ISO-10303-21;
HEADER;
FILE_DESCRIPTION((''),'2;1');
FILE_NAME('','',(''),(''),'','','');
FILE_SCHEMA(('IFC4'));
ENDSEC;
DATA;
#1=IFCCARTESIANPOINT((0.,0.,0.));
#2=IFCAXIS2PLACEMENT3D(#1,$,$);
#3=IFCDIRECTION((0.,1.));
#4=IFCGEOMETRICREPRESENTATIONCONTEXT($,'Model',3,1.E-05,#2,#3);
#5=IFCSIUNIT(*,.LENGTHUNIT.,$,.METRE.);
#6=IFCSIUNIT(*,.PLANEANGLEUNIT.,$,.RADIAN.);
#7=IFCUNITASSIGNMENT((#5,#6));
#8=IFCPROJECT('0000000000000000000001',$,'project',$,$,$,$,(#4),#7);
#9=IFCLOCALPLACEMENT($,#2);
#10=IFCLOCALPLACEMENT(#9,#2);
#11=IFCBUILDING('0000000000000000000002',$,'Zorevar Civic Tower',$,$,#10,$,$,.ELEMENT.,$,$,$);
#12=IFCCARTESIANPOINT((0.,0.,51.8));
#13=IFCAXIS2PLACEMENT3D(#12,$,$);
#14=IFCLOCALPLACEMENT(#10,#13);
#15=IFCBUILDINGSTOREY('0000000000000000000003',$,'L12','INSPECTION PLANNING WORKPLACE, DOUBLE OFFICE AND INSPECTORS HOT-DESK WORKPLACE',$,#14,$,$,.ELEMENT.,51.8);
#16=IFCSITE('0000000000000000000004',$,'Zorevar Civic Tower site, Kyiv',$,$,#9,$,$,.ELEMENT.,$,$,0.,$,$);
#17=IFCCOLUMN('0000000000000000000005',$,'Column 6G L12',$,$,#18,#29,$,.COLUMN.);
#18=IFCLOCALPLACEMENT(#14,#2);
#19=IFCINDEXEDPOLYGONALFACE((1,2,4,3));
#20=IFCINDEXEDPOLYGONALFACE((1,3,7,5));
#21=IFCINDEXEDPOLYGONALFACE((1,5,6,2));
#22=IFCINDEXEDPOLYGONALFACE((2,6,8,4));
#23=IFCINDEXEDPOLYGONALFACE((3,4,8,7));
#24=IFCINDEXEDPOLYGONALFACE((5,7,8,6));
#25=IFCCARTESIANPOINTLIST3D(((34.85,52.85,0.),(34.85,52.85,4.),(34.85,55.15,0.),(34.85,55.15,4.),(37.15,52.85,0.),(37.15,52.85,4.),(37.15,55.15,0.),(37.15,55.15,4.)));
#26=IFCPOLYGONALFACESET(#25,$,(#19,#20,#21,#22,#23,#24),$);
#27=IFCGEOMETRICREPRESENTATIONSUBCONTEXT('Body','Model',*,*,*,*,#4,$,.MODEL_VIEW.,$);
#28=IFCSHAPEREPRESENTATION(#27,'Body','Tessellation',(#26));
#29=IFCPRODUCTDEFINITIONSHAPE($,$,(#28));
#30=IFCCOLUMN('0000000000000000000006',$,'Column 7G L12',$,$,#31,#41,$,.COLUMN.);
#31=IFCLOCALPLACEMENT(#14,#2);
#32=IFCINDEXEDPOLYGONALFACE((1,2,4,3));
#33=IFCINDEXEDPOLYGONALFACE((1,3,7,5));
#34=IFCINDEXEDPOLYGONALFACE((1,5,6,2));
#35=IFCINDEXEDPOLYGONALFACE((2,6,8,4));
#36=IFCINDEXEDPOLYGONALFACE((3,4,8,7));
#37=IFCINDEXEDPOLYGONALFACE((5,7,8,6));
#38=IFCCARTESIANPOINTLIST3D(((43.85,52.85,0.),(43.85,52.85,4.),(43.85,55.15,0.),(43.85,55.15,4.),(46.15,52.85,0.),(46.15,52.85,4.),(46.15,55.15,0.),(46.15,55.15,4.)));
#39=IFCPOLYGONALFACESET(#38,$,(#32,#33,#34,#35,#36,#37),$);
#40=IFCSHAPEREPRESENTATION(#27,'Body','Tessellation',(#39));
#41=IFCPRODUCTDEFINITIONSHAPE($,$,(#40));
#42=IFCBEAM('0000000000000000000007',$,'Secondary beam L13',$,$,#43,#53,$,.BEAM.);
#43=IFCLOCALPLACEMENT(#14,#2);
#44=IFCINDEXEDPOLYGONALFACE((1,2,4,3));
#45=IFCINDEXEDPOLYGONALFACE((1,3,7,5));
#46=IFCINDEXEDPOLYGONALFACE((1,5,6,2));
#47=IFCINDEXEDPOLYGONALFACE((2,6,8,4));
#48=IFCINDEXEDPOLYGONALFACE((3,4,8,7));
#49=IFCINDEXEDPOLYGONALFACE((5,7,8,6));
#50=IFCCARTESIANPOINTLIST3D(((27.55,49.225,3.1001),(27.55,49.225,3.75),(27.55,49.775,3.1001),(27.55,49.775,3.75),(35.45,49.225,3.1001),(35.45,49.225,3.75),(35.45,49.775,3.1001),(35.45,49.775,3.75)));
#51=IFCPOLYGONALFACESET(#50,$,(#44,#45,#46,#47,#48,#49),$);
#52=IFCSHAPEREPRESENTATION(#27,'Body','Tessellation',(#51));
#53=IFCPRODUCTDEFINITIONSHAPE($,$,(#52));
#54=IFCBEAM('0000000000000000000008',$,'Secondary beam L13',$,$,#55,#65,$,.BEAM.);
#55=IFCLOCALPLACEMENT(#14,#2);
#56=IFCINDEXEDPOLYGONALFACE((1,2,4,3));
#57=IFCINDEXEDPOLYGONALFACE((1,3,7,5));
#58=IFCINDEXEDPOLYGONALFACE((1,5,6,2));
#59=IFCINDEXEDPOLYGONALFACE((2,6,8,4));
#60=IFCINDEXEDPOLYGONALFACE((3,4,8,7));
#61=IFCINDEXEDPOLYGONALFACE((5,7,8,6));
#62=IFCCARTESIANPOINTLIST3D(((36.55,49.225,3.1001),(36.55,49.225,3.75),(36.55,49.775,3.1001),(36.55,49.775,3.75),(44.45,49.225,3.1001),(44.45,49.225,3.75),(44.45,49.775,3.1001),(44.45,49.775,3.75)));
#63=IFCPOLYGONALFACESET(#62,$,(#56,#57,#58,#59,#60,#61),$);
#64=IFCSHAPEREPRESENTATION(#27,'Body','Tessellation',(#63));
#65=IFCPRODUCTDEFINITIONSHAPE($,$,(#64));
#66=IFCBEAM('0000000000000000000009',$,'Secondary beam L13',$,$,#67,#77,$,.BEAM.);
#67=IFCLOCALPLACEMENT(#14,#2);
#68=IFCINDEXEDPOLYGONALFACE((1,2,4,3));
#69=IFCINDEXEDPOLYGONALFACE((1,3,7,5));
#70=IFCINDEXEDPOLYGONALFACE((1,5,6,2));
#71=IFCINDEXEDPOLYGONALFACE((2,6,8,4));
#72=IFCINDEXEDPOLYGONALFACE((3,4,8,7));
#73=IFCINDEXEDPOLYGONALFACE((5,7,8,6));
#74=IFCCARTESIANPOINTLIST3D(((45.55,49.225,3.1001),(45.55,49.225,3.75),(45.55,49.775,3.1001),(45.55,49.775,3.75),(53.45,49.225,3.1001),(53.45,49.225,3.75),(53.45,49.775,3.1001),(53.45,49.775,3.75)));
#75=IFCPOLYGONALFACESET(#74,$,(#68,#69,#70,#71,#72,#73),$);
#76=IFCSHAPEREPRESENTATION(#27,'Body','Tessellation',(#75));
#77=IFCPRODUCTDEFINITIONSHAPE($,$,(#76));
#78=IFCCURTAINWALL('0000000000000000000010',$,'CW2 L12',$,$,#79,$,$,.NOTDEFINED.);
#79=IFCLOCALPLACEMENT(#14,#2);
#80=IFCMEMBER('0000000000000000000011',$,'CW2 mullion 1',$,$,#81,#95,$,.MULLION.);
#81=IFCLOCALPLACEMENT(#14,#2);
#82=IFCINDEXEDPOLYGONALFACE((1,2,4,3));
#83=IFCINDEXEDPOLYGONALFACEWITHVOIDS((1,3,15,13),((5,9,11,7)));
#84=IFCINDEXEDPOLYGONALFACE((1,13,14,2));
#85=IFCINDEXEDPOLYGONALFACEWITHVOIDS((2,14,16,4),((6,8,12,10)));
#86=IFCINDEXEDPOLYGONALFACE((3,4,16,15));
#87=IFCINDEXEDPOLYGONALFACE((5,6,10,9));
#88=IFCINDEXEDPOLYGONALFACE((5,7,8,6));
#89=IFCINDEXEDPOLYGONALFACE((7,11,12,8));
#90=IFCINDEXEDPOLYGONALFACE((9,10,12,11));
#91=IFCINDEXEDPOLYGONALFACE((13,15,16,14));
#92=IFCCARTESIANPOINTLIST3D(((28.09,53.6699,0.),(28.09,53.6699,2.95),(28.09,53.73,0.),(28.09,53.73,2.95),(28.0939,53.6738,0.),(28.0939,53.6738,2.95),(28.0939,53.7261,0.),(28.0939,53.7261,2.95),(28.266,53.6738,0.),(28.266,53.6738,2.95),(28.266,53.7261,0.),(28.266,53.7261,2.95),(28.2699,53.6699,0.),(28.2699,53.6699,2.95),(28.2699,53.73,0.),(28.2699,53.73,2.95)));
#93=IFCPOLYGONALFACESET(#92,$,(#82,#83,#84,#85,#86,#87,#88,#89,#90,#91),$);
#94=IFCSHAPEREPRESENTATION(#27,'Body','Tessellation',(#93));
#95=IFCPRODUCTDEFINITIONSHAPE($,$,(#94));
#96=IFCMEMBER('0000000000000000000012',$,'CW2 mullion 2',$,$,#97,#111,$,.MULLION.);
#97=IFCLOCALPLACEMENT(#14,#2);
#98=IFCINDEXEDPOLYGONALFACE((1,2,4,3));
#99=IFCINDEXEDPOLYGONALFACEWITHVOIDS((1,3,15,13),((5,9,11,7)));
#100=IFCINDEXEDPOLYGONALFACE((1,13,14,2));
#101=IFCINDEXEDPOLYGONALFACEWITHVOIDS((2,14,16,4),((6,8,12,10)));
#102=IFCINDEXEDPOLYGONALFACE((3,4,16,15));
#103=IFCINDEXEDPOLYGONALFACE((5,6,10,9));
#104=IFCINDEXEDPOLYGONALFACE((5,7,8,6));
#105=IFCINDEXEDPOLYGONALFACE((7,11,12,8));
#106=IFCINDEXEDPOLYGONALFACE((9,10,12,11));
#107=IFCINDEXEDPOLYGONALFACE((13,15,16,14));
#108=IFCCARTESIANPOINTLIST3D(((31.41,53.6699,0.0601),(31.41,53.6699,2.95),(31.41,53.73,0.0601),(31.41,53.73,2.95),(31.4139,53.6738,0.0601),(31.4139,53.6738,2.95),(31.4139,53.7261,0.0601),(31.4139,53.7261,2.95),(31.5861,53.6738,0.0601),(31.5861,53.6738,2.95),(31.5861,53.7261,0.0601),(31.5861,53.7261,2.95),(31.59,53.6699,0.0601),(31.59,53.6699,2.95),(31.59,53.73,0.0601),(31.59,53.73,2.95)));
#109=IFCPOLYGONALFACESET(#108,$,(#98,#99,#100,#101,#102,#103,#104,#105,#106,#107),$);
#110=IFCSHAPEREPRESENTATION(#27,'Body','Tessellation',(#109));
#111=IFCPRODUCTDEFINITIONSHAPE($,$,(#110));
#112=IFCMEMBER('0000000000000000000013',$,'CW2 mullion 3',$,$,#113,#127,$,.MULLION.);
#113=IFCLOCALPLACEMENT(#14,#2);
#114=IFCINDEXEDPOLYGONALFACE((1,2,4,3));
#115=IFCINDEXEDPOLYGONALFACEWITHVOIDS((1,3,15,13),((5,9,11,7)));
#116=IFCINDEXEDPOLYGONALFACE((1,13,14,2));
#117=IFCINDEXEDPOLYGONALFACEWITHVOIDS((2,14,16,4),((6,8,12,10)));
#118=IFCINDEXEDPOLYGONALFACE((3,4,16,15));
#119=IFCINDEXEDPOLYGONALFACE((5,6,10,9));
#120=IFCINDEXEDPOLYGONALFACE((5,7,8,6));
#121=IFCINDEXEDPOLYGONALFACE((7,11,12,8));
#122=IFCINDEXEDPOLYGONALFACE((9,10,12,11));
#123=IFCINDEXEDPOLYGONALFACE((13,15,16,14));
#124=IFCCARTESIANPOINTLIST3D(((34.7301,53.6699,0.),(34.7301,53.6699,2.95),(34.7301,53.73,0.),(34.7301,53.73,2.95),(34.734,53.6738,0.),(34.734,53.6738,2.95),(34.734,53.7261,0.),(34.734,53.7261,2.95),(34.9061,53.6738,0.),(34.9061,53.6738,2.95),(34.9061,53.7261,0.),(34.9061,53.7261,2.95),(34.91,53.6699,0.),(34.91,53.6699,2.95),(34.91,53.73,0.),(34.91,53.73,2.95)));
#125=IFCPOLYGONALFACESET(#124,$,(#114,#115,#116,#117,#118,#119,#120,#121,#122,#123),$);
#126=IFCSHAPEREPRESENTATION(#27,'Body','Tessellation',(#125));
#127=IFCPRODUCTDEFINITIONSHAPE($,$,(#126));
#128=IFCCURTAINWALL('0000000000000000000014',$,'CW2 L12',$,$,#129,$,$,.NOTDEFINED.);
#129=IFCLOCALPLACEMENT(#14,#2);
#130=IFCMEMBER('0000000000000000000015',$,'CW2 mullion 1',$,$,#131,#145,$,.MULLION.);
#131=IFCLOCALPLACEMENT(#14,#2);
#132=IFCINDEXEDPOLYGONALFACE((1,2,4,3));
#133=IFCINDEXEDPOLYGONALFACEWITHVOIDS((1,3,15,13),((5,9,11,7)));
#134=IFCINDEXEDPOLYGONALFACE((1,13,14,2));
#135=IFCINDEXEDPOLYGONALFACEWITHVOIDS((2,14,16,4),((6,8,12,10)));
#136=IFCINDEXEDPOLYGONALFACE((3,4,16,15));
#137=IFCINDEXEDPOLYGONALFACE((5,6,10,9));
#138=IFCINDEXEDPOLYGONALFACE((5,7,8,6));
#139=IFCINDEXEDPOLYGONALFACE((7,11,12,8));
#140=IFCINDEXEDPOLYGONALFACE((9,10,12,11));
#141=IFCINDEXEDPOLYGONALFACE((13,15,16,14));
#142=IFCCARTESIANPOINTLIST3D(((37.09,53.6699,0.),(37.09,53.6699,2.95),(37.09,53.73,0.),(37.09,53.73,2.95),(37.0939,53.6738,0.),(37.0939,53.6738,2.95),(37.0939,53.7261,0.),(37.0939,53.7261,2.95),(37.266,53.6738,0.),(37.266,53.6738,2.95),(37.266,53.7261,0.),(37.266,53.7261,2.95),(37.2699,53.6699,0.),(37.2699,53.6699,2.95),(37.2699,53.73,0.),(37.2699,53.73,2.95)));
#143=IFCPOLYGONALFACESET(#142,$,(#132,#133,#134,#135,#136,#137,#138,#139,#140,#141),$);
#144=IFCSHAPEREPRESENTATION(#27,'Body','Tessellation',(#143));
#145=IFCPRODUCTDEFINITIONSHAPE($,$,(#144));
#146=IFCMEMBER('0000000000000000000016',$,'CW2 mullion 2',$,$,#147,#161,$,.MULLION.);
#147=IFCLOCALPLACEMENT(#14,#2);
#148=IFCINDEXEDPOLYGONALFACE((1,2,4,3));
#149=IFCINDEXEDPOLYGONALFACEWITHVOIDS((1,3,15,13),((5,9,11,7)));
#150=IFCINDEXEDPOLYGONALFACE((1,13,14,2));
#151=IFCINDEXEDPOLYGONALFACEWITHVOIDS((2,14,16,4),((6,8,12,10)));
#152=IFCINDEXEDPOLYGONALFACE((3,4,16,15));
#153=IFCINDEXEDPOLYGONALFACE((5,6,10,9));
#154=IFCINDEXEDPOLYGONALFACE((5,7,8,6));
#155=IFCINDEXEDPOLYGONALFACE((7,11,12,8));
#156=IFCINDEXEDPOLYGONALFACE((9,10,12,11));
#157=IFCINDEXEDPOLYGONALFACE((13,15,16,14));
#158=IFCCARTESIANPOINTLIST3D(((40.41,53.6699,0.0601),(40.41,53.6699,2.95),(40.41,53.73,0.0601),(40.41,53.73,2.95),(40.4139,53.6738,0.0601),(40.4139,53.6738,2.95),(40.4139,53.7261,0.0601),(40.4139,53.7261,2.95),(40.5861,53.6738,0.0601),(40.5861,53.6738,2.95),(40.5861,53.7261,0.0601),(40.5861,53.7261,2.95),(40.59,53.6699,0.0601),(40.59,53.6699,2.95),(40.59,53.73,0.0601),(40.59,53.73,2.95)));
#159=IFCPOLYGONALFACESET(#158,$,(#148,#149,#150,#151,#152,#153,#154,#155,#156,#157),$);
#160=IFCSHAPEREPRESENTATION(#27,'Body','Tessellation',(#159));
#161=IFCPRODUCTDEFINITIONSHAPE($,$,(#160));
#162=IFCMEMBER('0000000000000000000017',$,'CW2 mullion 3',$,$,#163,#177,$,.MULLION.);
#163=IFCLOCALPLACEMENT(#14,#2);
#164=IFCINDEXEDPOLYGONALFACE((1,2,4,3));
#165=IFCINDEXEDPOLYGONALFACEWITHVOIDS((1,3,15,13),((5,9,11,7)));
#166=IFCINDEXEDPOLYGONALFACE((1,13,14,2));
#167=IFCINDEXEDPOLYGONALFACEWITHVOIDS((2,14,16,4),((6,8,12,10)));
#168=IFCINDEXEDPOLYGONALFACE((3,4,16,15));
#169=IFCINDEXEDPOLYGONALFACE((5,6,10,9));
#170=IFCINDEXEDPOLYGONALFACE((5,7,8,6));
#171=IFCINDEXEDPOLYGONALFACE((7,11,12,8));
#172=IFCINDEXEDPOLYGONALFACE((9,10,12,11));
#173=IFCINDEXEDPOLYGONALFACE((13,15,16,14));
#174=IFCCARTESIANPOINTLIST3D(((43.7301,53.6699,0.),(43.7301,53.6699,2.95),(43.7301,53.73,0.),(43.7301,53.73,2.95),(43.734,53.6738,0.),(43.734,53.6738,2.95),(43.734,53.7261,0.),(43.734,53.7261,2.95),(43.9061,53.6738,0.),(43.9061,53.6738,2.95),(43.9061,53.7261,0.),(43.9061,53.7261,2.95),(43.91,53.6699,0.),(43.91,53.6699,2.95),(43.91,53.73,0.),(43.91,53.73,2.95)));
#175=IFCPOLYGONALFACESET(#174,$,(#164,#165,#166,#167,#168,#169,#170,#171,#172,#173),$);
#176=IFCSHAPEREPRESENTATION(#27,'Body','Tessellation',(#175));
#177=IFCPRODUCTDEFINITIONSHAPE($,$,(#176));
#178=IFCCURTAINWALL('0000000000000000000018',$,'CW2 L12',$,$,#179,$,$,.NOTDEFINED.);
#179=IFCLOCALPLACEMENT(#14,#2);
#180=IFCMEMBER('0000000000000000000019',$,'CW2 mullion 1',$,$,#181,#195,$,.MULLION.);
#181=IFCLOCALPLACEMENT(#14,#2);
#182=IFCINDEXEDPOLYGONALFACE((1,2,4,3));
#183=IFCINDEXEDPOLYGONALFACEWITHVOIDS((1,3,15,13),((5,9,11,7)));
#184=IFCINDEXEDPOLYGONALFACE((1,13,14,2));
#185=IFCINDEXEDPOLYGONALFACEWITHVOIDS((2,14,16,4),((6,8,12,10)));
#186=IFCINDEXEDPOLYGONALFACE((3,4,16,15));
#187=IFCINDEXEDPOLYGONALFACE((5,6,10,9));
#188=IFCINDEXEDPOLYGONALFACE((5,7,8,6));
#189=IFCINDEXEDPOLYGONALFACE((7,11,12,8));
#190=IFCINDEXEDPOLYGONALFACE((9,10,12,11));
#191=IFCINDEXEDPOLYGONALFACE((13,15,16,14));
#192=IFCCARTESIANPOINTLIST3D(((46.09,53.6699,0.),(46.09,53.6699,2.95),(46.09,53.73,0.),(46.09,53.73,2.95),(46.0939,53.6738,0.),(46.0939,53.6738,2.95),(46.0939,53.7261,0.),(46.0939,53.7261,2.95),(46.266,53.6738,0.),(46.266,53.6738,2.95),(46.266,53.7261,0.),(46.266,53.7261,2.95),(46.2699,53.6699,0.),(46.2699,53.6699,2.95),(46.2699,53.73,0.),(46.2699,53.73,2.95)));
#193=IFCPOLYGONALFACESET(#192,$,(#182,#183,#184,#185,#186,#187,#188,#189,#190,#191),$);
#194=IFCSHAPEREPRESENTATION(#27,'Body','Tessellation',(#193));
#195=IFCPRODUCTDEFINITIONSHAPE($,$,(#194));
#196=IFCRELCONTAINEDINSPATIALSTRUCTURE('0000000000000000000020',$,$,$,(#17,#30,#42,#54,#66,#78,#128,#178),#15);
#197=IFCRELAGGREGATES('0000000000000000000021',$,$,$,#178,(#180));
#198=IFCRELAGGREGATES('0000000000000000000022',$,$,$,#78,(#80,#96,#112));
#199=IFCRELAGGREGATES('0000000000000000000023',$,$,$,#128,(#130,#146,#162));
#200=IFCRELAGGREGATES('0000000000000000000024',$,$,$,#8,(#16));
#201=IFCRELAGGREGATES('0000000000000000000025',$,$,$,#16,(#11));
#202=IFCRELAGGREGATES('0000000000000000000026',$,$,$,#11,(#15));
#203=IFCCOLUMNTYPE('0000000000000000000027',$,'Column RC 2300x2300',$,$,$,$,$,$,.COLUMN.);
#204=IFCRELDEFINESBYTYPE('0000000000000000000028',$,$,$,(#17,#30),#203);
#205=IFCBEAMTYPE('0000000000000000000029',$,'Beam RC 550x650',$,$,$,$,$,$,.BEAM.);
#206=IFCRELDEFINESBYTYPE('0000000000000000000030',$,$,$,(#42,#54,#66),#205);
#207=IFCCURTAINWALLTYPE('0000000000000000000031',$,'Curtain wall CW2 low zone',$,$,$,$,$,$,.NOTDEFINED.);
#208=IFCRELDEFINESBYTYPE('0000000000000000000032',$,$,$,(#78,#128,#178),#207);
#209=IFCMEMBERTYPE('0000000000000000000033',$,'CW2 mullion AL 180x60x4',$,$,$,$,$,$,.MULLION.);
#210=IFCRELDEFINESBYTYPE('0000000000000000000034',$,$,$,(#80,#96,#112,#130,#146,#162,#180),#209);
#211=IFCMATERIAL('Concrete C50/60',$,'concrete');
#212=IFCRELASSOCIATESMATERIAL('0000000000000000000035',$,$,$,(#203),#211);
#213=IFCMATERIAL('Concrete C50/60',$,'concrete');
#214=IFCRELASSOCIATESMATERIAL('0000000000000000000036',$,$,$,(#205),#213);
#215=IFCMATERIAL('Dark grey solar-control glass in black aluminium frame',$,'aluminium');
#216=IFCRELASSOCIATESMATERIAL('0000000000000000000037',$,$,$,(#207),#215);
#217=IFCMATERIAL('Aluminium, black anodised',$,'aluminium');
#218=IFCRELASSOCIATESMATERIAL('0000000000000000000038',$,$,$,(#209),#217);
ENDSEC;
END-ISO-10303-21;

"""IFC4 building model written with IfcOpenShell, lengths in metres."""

from ifc_helpers import new_model, si_unit, direction, frame, origin, origin_2d, place, context, subcontext, project, spatial, rectangle, hollow_rectangle, extrude, material, material_profile, profile_set, type_object, element, aggregate, save


model = new_model("IFC4")

# Units and contexts
model_context = context("Model", 3, precision=1e-05, world=origin(), true_north=direction((0.0, 1.0)))
body_context = subcontext(model_context, "Body", "Model", "MODEL_VIEW")
ifc_project = project(units=[si_unit("LENGTHUNIT", "METRE"), si_unit("PLANEANGLEUNIT", "RADIAN")], contexts=[model_context])

# Site, building, storey
site_placement = place(None, origin())
site = spatial("IfcSite", under=ifc_project, at=site_placement, Name="Zorevar Civic Tower site, Kyiv", CompositionType="ELEMENT", RefElevation=0.0)
building_placement = place(site_placement, origin())
building = spatial("IfcBuilding", under=site, at=building_placement, Name="Zorevar Civic Tower", CompositionType="ELEMENT")
storey_placement = place(building_placement, frame((0.0, 0.0, 51.8)))
storey = spatial("IfcBuildingStorey", under=building, at=storey_placement, Name="L12", Description="INSPECTION PLANNING WORKPLACE, DOUBLE OFFICE AND INSPECTORS HOT-DESK WORKPLACE", CompositionType="ELEMENT", Elevation=51.8)

# Columns
ifc_material_1 = material(Name="Concrete C50/60", Category="concrete")
ifc_material_profile_1 = material_profile(ifc_material_1, rectangle(XDim=2.3, YDim=2.3, at=origin_2d()), Name="RC 2300x2300")
ifc_profile_set_1 = profile_set([ifc_material_profile_1], Name="Concrete C50/60")
column_type = type_object("IfcColumnType", Name="Column RC 2300x2300", PredefinedType="COLUMN", material=ifc_profile_set_1)
for number, where, z_axis, x_axis, name in (
    (1, (36.0, 54.0, 0.0), (0.0, 0.0, 1.0), (1.0, 0.0, 0.0), "Column 6G L12"),
    (2, (45.0, 54.0, 0.0), (0.0, 0.0, 1.0), (1.0, 0.0, 0.0), "Column 7G L12"),
):
    element("IfcColumn", number, at=place(storey_placement, frame(where, z_axis=z_axis, x_axis=x_axis)), inside=storey, type_object=column_type, Name=name, PredefinedType="COLUMN", context=body_context, shape_type="SweptSolid", body=[
        extrude(rectangle(XDim=2.3, YDim=2.3, at=origin_2d()), origin(), (0.0, 0.0, 1.0), 4.0),
    ])

# Beams
ifc_material_2 = material(Name="Concrete C50/60", Category="concrete")
ifc_material_profile_2 = material_profile(ifc_material_2, rectangle(XDim=0.55, YDim=0.6499, at=origin_2d()), Name="RC 550x650")
ifc_profile_set_2 = profile_set([ifc_material_profile_2], Name="Concrete C50/60")
beam_type_1 = type_object("IfcBeamType", Name="Beam RC 550x650", PredefinedType="BEAM", material=ifc_profile_set_2)
for number, where, z_axis, x_axis, name in (
    (3, (27.55, 49.5, 3.425), (1.0, 0.0, 0.0), (0.0, 1.0, 0.0), "Secondary beam L13"),
    (4, (36.55, 49.5, 3.425), (1.0, 0.0, 0.0), (0.0, 1.0, 0.0), "Secondary beam L13"),
    (5, (45.55, 49.5, 3.425), (1.0, 0.0, 0.0), (0.0, 1.0, 0.0), "Secondary beam L13"),
):
    element("IfcBeam", number, at=place(storey_placement, frame(where, z_axis=z_axis, x_axis=x_axis)), inside=storey, type_object=beam_type_1, Name=name, PredefinedType="BEAM", context=body_context, shape_type="SweptSolid", body=[
        extrude(rectangle(XDim=0.55, YDim=0.6499, at=origin_2d()), origin(), (0.0, 0.0, 1.0), 7.8999),
    ])

# Curtain walls, members
ifc_material_3 = material(Name="Dark grey solar-control glass in black aluminium frame", Category="aluminium")
curtain_wall_type = type_object("IfcCurtainWallType", Name="Curtain wall CW2 low zone", PredefinedType="NOTDEFINED", material=ifc_material_3)
curtain_wall_1_placement = place(storey_placement, origin())
curtain_wall_1 = element("IfcCurtainWall", 6, at=curtain_wall_1_placement, inside=storey, type_object=curtain_wall_type, Name="CW2 L12", PredefinedType="NOTDEFINED")
ifc_material_4 = material(Name="Aluminium, black anodised", Category="aluminium")
ifc_material_profile_3 = material_profile(ifc_material_4, hollow_rectangle(XDim=0.0601, YDim=0.1799, WallThickness=0.0039, at=origin_2d()), Name="AL 180x60x4")
ifc_profile_set_3 = profile_set([ifc_material_profile_3], Name="Aluminium, black anodised")
member_type_1 = type_object("IfcMemberType", Name="CW2 mullion AL 180x60x4", PredefinedType="MULLION", material=ifc_profile_set_3)
member_1_placement = place(storey_placement, frame((28.1799, 53.7, 0.0), z_axis=(0.0, 0.0, 1.0), x_axis=(0.0, 1.0, 0.0)))
member_1 = element("IfcMember", 7, at=member_1_placement, type_object=member_type_1, Name="CW2 mullion 1", PredefinedType="MULLION", context=body_context, shape_type="SweptSolid", body=[
    extrude(hollow_rectangle(XDim=0.0601, YDim=0.1799, WallThickness=0.0039, at=origin_2d()), origin(), (0.0, 0.0, 1.0), 2.95),
])
member_2_placement = place(storey_placement, frame((31.5, 53.7, 0.0601), z_axis=(0.0, 0.0, 1.0), x_axis=(0.0, 1.0, 0.0)))
member_2 = element("IfcMember", 8, at=member_2_placement, type_object=member_type_1, Name="CW2 mullion 2", PredefinedType="MULLION", context=body_context, shape_type="SweptSolid", body=[
    extrude(hollow_rectangle(XDim=0.0601, YDim=0.1799, WallThickness=0.0039, at=origin_2d()), origin(), (0.0, 0.0, 1.0), 2.8899),
])
member_3_placement = place(storey_placement, frame((34.8201, 53.7, 0.0), z_axis=(0.0, 0.0, 1.0), x_axis=(0.0, 1.0, 0.0)))
member_3 = element("IfcMember", 9, at=member_3_placement, type_object=member_type_1, Name="CW2 mullion 3", PredefinedType="MULLION", context=body_context, shape_type="SweptSolid", body=[
    extrude(hollow_rectangle(XDim=0.0601, YDim=0.1799, WallThickness=0.0039, at=origin_2d()), origin(), (0.0, 0.0, 1.0), 2.95),
])
curtain_wall_2_placement = place(storey_placement, origin())
curtain_wall_2 = element("IfcCurtainWall", 10, at=curtain_wall_2_placement, inside=storey, type_object=curtain_wall_type, Name="CW2 L12", PredefinedType="NOTDEFINED")
member_4_placement = place(storey_placement, frame((37.1799, 53.7, 0.0), z_axis=(0.0, 0.0, 1.0), x_axis=(0.0, 1.0, 0.0)))
member_4 = element("IfcMember", 11, at=member_4_placement, type_object=member_type_1, Name="CW2 mullion 1", PredefinedType="MULLION", context=body_context, shape_type="SweptSolid", body=[
    extrude(hollow_rectangle(XDim=0.0601, YDim=0.1799, WallThickness=0.0039, at=origin_2d()), origin(), (0.0, 0.0, 1.0), 2.95),
])
member_5_placement = place(storey_placement, frame((40.5, 53.7, 0.0601), z_axis=(0.0, 0.0, 1.0), x_axis=(0.0, 1.0, 0.0)))
member_5 = element("IfcMember", 12, at=member_5_placement, type_object=member_type_1, Name="CW2 mullion 2", PredefinedType="MULLION", context=body_context, shape_type="SweptSolid", body=[
    extrude(hollow_rectangle(XDim=0.0601, YDim=0.1799, WallThickness=0.0039, at=origin_2d()), origin(), (0.0, 0.0, 1.0), 2.8899),
])
member_6_placement = place(storey_placement, frame((43.8201, 53.7, 0.0), z_axis=(0.0, 0.0, 1.0), x_axis=(0.0, 1.0, 0.0)))
member_6 = element("IfcMember", 13, at=member_6_placement, type_object=member_type_1, Name="CW2 mullion 3", PredefinedType="MULLION", context=body_context, shape_type="SweptSolid", body=[
    extrude(hollow_rectangle(XDim=0.0601, YDim=0.1799, WallThickness=0.0039, at=origin_2d()), origin(), (0.0, 0.0, 1.0), 2.95),
])

# Curtain wall, member
curtain_wall_3_placement = place(storey_placement, origin())
curtain_wall_3 = element("IfcCurtainWall", 14, at=curtain_wall_3_placement, inside=storey, type_object=curtain_wall_type, Name="CW2 L12", PredefinedType="NOTDEFINED")
member_7_placement = place(storey_placement, frame((46.1799, 53.7, 0.0), z_axis=(0.0, 0.0, 1.0), x_axis=(0.0, 1.0, 0.0)))
member_7 = element("IfcMember", 15, at=member_7_placement, type_object=member_type_1, Name="CW2 mullion 1", PredefinedType="MULLION", context=body_context, shape_type="SweptSolid", body=[
    extrude(hollow_rectangle(XDim=0.0601, YDim=0.1799, WallThickness=0.0039, at=origin_2d()), origin(), (0.0, 0.0, 1.0), 2.95),
])

aggregate(curtain_wall_3, [member_7])

aggregate(curtain_wall_1, [member_1, member_2, member_3])
aggregate(curtain_wall_2, [member_4, member_5, member_6])

save(model, "model.ifc")
